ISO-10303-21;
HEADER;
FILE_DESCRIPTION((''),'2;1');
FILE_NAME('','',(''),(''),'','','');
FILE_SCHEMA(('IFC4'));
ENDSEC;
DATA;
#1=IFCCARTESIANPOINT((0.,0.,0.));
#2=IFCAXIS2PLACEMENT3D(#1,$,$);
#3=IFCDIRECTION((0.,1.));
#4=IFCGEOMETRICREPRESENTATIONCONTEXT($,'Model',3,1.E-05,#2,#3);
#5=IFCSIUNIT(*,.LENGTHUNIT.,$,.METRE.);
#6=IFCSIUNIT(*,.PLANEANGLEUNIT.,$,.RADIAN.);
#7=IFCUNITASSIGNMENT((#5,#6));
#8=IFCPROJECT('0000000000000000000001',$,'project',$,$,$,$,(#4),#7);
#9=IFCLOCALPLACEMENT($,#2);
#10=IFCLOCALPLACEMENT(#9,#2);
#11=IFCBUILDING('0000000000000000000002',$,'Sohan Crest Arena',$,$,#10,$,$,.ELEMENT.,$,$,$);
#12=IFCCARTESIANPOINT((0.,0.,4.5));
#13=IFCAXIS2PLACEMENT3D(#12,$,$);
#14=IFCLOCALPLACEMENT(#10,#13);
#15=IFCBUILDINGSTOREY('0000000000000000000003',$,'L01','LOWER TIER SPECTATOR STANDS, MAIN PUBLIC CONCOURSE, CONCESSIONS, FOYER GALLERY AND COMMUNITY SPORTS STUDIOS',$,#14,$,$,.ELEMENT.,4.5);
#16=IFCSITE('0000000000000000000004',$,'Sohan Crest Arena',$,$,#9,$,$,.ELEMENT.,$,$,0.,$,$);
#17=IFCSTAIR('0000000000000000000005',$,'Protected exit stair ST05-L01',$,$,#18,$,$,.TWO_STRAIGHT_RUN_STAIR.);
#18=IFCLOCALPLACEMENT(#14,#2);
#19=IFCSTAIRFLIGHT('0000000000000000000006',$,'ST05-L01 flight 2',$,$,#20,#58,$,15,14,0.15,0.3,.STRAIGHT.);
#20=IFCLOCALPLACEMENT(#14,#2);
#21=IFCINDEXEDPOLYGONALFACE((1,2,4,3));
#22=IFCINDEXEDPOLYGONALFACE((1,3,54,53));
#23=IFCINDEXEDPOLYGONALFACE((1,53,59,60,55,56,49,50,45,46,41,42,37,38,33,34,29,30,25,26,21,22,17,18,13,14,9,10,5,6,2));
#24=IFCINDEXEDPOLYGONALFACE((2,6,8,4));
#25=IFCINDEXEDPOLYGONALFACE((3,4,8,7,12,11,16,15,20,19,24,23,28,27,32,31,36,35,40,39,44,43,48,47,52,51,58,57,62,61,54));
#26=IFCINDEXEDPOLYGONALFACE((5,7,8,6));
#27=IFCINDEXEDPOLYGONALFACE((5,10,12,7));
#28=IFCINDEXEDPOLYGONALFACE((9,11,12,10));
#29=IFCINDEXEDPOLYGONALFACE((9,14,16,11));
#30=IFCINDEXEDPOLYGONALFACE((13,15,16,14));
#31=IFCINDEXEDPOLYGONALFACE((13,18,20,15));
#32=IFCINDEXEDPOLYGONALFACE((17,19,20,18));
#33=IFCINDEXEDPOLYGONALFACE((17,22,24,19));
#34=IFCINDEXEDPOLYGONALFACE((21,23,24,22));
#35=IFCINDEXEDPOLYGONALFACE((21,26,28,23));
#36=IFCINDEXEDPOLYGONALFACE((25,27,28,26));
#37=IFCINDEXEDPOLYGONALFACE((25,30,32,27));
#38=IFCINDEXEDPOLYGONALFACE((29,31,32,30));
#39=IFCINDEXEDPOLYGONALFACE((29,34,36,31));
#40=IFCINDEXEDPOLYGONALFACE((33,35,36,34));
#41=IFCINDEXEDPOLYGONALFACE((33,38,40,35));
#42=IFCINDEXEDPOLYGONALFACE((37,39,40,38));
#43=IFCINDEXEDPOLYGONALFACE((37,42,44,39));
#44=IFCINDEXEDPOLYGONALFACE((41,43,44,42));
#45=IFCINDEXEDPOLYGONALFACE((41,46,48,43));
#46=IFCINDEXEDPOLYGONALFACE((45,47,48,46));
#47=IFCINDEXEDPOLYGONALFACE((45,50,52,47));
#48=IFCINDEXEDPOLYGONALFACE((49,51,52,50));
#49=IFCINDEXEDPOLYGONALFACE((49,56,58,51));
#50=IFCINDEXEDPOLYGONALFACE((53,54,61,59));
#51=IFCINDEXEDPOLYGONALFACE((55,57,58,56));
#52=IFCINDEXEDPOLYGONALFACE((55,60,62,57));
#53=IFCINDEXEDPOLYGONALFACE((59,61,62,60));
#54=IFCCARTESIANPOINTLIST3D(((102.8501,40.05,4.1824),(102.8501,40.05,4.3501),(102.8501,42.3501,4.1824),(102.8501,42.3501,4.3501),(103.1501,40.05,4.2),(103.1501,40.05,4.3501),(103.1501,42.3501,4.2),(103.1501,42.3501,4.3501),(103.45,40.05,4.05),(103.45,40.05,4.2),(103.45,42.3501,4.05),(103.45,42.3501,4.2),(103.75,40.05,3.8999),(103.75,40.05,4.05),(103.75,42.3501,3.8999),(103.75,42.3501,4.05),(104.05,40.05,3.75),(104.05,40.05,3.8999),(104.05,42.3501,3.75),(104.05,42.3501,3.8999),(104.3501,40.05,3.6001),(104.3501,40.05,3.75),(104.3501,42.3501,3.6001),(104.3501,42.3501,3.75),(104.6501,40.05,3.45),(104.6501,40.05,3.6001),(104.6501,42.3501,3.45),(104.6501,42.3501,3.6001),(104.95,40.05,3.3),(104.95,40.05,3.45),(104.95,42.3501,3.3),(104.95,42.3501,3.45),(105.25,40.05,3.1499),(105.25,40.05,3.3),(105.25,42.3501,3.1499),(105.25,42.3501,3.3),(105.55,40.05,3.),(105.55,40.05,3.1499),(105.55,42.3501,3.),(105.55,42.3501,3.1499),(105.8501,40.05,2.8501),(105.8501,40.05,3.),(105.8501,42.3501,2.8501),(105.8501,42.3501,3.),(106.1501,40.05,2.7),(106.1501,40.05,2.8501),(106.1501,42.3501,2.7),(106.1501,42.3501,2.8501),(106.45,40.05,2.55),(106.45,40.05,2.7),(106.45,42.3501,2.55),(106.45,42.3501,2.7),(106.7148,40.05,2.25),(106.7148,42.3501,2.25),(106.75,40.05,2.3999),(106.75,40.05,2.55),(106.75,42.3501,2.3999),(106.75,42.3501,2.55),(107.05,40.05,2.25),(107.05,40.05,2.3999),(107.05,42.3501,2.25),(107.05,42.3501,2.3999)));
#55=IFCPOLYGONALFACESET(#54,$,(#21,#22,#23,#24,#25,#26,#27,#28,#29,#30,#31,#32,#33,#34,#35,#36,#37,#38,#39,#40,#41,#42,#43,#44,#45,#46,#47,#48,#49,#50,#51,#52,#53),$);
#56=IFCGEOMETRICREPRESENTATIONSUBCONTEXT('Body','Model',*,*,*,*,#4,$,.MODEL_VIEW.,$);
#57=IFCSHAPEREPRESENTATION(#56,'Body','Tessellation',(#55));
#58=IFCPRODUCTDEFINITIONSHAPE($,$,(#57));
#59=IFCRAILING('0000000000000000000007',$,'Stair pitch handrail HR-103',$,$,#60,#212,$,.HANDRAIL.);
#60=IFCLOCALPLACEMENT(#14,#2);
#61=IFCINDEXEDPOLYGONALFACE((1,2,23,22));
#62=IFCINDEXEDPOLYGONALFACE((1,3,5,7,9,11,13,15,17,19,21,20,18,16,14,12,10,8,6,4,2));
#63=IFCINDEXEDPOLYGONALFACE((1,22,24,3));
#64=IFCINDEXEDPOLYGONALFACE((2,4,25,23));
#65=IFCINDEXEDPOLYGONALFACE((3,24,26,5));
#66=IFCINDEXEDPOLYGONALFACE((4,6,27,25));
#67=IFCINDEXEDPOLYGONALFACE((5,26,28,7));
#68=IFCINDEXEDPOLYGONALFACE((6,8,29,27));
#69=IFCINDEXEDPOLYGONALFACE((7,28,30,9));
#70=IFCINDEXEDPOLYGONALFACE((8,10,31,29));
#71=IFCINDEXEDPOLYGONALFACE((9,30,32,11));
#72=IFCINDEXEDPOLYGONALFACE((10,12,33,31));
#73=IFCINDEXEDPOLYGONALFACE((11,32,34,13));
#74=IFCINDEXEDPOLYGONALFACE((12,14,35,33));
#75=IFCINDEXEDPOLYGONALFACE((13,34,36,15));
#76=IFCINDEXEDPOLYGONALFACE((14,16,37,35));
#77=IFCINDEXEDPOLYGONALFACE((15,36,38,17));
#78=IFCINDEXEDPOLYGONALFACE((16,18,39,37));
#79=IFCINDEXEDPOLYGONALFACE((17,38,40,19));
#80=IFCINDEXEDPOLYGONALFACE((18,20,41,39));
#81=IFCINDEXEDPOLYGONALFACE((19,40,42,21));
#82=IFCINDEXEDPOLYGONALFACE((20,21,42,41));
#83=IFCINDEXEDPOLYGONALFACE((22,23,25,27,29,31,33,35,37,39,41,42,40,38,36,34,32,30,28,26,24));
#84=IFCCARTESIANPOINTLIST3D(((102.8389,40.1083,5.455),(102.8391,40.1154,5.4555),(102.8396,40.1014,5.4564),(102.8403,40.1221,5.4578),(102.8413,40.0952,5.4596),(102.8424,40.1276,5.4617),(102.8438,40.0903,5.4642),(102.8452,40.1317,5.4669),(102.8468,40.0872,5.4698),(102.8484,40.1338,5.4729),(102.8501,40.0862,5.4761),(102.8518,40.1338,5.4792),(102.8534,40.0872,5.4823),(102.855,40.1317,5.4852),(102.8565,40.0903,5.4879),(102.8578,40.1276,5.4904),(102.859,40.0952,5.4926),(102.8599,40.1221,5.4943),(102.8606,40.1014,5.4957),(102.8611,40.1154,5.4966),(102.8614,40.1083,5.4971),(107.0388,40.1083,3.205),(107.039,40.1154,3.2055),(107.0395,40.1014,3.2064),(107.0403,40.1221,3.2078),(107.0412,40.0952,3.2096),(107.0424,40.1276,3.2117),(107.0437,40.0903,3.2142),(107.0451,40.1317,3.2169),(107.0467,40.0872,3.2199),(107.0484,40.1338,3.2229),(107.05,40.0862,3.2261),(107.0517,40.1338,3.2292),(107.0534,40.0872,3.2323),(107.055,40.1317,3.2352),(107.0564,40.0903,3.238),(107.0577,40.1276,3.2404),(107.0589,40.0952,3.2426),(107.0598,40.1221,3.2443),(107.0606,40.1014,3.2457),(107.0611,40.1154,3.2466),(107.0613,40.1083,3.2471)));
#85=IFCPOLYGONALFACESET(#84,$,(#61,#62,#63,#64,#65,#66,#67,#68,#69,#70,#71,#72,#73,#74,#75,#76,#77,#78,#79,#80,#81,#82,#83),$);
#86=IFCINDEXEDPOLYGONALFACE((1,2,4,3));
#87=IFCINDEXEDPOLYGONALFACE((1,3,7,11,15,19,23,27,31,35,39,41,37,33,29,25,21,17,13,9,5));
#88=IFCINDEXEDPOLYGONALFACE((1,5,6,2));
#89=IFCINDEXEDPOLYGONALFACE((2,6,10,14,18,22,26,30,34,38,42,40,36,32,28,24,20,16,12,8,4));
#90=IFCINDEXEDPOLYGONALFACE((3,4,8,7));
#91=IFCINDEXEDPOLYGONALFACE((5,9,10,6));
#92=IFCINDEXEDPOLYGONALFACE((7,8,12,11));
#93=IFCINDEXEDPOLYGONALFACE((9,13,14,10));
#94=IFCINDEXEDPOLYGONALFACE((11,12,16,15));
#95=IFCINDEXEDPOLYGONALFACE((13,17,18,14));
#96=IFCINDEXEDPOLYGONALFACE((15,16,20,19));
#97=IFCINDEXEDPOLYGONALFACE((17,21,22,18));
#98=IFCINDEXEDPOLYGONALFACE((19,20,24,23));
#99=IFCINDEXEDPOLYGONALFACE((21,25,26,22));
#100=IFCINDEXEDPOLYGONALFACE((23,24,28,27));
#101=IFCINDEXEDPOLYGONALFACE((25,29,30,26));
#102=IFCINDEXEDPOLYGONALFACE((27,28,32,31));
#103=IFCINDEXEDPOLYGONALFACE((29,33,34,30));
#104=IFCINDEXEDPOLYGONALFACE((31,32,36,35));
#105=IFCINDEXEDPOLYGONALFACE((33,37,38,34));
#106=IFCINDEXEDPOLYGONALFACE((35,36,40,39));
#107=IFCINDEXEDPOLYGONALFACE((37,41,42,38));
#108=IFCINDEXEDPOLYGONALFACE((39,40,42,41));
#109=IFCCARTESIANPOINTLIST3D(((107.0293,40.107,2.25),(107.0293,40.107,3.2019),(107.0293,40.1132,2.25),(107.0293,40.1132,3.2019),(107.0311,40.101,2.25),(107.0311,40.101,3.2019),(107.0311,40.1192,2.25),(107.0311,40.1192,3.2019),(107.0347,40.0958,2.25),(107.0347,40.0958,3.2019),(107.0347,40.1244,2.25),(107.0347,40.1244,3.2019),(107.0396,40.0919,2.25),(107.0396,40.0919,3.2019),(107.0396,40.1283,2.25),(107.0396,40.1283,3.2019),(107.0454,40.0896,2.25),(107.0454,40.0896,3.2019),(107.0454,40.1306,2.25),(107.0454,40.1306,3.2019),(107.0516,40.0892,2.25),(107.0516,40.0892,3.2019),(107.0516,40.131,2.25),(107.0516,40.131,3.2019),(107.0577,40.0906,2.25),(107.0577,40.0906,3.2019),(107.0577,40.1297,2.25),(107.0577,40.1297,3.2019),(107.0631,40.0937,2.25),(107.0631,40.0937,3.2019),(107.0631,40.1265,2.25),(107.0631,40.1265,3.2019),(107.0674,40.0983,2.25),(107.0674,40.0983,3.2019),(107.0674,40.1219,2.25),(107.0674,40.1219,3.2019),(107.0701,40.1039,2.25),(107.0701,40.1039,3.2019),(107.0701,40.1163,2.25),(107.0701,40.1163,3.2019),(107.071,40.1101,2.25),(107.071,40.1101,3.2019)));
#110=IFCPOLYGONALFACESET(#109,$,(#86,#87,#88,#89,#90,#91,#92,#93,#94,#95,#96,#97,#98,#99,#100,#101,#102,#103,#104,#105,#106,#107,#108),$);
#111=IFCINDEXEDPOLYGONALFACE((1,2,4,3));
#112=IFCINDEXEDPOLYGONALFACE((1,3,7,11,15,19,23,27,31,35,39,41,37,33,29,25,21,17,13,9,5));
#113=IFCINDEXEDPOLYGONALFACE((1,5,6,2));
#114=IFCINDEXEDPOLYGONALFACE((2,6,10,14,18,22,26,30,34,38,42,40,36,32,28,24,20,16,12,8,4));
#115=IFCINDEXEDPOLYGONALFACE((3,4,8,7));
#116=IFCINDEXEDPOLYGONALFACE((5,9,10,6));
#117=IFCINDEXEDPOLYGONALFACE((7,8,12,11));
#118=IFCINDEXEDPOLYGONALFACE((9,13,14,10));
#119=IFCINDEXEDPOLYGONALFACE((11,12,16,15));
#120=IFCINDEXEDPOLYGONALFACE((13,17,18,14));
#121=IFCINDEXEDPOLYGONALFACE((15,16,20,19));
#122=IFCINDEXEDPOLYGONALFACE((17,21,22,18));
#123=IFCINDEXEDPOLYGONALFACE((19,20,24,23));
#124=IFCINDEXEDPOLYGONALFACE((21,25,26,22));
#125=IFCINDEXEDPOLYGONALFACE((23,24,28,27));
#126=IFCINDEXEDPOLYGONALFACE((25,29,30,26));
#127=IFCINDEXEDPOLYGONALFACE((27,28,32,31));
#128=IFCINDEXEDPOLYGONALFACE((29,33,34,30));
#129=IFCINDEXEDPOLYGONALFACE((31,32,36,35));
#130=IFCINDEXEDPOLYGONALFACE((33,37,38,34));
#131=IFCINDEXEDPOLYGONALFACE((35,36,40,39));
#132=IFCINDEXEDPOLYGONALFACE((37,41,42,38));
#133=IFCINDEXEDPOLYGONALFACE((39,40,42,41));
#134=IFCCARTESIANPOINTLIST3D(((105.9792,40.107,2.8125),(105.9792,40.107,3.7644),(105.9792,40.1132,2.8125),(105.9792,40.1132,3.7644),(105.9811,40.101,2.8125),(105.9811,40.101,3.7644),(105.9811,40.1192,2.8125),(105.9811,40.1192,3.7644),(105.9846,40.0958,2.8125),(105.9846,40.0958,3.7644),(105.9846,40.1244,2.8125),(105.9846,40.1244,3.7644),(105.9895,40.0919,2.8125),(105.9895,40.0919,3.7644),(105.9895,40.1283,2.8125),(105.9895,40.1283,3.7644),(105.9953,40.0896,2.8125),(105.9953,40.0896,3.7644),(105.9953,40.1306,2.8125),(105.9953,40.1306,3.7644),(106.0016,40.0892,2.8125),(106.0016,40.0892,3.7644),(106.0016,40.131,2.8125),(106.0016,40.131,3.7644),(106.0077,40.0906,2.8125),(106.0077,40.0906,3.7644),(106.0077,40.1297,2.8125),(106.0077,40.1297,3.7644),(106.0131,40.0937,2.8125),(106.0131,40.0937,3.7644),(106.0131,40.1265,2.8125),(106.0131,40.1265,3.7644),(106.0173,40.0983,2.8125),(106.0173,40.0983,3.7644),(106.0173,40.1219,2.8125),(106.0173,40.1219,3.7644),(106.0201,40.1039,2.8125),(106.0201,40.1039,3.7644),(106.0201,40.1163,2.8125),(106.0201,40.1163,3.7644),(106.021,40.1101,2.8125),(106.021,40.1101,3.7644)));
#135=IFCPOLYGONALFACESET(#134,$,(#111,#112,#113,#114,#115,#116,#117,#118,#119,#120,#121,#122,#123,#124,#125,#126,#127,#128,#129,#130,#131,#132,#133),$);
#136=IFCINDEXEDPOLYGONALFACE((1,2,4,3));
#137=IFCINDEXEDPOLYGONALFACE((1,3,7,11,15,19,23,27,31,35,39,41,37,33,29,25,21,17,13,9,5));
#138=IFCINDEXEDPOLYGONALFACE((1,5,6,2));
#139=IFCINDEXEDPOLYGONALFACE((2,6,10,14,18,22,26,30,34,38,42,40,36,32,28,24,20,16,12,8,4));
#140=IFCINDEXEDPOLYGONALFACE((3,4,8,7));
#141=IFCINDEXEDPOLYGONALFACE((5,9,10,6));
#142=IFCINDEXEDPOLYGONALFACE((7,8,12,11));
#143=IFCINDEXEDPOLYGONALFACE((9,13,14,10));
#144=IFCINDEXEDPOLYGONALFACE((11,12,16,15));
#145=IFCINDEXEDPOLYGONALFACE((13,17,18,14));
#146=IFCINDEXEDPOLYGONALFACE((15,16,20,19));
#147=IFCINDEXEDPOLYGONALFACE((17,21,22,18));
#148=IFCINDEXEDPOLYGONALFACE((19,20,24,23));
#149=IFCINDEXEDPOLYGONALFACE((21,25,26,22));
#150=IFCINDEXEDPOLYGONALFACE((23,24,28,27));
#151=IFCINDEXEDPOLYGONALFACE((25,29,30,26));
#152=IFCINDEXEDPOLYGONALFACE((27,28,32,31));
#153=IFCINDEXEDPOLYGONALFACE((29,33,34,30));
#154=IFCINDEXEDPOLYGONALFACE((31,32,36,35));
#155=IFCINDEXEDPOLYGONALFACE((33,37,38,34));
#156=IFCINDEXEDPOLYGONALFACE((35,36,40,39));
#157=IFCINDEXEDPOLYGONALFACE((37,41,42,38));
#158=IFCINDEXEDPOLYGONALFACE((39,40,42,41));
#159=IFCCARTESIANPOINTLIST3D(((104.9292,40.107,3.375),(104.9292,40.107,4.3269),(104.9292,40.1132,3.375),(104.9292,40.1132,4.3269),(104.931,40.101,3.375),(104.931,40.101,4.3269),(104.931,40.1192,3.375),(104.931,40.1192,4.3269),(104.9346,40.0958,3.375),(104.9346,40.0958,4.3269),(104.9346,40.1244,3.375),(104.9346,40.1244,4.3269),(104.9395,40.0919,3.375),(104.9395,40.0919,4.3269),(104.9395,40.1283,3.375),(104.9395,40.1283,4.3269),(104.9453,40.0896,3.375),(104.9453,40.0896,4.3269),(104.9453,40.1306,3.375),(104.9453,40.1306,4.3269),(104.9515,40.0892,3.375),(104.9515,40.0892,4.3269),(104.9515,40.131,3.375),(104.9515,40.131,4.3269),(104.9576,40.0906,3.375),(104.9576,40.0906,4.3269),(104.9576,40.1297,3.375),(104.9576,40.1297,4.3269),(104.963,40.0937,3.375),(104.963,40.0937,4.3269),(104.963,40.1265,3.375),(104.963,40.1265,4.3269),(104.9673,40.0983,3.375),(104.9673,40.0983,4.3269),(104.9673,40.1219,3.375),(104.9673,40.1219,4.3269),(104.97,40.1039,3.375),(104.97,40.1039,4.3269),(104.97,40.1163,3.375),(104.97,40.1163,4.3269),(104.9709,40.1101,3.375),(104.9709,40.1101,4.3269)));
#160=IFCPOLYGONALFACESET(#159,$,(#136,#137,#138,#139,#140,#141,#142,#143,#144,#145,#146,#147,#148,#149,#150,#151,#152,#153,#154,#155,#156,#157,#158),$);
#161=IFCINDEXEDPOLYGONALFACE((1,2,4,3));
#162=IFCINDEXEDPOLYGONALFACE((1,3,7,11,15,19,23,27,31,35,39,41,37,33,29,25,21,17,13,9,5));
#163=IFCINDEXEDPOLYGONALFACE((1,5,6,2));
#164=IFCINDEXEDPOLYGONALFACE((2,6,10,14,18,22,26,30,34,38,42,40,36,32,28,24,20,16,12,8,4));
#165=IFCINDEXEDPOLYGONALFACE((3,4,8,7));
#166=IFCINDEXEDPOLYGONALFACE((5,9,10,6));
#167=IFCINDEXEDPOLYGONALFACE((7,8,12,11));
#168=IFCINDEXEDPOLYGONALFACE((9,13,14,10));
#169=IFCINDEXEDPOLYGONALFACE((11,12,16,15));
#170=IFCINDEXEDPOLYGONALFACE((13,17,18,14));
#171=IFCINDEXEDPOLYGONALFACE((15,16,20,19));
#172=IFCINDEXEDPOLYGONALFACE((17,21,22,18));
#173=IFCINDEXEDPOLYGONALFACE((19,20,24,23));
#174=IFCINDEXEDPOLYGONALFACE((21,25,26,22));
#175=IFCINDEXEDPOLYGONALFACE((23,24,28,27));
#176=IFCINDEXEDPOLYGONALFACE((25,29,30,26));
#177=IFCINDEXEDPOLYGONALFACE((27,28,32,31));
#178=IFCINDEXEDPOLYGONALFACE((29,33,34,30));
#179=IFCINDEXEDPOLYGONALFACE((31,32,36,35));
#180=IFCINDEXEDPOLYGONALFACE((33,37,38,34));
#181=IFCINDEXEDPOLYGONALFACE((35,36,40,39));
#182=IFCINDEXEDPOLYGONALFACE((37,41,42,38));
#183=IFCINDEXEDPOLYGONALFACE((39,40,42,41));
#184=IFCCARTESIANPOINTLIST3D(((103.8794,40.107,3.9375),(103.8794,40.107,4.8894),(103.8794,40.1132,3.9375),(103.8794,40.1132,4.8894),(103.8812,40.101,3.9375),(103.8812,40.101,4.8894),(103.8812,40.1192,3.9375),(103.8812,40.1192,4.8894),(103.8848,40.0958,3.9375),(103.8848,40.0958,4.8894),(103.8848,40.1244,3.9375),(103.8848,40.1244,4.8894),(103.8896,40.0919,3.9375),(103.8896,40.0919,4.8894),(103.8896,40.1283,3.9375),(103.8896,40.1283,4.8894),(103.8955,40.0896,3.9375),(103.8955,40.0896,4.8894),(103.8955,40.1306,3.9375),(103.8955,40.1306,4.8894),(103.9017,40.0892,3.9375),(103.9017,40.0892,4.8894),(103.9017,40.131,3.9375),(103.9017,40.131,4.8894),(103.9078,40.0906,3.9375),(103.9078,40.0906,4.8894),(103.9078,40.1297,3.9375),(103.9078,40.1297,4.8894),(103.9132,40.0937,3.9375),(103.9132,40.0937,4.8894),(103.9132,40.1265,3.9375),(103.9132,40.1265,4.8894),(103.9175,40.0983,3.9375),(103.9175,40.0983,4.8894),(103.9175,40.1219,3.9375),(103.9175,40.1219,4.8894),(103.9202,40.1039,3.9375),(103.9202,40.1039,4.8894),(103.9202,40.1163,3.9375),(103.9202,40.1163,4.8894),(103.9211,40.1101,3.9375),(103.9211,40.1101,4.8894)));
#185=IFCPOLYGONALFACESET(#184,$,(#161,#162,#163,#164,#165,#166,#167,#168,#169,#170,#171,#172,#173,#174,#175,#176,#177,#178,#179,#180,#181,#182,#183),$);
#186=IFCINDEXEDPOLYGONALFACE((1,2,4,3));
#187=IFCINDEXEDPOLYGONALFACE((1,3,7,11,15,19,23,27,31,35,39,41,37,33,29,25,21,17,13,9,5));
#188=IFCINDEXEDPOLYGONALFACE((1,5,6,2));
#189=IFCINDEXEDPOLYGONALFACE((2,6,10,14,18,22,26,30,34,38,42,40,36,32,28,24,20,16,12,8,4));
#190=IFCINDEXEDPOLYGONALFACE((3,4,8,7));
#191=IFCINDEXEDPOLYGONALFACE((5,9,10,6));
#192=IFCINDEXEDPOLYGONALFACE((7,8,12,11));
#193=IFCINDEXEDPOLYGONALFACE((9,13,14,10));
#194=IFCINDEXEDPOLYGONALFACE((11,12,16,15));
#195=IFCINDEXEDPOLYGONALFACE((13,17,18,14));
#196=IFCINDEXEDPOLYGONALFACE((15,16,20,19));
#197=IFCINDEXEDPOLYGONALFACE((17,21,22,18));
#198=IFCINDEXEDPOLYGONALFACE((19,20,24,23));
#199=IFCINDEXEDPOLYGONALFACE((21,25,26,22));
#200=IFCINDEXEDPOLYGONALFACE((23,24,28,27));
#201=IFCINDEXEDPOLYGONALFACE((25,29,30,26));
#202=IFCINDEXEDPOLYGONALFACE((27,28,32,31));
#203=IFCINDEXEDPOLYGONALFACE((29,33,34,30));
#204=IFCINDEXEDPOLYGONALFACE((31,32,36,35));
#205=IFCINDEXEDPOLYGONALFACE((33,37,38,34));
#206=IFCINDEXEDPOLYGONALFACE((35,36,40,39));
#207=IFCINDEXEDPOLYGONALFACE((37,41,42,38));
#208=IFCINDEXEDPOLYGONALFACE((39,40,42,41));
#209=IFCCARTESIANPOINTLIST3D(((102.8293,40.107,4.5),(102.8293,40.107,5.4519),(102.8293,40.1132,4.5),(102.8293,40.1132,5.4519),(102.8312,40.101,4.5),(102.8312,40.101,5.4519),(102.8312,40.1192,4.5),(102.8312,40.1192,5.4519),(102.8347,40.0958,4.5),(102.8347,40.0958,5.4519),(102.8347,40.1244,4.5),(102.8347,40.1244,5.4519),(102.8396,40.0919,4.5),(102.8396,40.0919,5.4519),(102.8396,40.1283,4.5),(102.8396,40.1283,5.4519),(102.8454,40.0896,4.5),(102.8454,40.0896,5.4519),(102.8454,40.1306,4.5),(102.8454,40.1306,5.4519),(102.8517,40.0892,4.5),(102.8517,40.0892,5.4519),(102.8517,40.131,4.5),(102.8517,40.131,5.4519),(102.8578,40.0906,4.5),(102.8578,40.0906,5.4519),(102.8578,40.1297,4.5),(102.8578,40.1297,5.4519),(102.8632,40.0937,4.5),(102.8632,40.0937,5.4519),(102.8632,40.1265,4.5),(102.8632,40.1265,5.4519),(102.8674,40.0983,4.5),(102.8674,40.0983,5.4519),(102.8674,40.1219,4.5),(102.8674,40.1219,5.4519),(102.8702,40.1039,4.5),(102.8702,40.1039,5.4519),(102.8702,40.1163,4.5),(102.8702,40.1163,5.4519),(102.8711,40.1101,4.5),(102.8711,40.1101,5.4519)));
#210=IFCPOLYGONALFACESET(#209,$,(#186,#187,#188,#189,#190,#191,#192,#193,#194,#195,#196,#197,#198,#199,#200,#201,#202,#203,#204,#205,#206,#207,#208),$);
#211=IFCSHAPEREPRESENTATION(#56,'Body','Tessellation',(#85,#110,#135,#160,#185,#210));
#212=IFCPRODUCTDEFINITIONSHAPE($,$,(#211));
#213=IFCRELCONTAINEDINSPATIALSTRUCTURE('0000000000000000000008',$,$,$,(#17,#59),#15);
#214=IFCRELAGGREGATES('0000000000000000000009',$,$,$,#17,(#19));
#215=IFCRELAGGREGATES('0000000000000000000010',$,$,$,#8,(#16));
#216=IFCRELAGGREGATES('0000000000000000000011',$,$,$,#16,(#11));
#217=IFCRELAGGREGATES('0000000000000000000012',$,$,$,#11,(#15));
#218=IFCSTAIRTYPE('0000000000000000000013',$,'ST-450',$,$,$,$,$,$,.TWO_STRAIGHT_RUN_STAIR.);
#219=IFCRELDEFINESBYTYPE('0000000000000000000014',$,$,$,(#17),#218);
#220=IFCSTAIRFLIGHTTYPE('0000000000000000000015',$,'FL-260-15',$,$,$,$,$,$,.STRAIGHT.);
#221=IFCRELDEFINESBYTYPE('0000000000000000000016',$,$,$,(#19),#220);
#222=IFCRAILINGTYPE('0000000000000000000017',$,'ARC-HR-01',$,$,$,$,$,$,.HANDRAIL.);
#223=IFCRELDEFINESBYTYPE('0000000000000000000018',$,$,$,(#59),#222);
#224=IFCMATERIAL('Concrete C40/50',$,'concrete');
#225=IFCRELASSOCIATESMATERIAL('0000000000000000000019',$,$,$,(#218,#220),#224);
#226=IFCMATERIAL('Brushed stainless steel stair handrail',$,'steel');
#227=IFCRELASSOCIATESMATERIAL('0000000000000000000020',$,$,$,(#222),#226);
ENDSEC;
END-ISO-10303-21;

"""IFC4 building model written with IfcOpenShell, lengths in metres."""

from ifc_helpers import new_model, si_unit, direction, frame, origin, origin_2d, place, context, subcontext, project, spatial, polyline, circle, outline, extrude, material, type_object, element, aggregate, save


model = new_model("IFC4")

# Units and contexts
model_context = context("Model", 3, precision=1e-05, world=origin(), true_north=direction((0.0, 1.0)))
body_context = subcontext(model_context, "Body", "Model", "MODEL_VIEW")
ifc_project = project(units=[si_unit("LENGTHUNIT", "METRE"), si_unit("PLANEANGLEUNIT", "RADIAN")], contexts=[model_context])

# Site, building, storey
site_placement = place(None, origin())
site = spatial("IfcSite", under=ifc_project, at=site_placement, Name="Sohan Crest Arena", CompositionType="ELEMENT", RefElevation=0.0)
building_placement = place(site_placement, origin())
building = spatial("IfcBuilding", under=site, at=building_placement, Name="Sohan Crest Arena", CompositionType="ELEMENT")
storey_placement = place(building_placement, frame((0.0, 0.0, 4.5)))
storey = spatial("IfcBuildingStorey", under=building, at=storey_placement, Name="L01", Description="LOWER TIER SPECTATOR STANDS, MAIN PUBLIC CONCOURSE, CONCESSIONS, FOYER GALLERY AND COMMUNITY SPORTS STUDIOS", CompositionType="ELEMENT", Elevation=4.5)

# Shared definitions
ifc_material_1 = material(Name="Concrete C40/50", Category="concrete")

# Stair, stair flight
stair_type = type_object("IfcStairType", Name="ST-450", PredefinedType="TWO_STRAIGHT_RUN_STAIR", material=ifc_material_1)
stair_placement = place(storey_placement, origin())
stair = element("IfcStair", 1, at=stair_placement, inside=storey, type_object=stair_type, Name="Protected exit stair ST05-L01", PredefinedType="TWO_STRAIGHT_RUN_STAIR")
stair_flight_type = type_object("IfcStairFlightType", Name="FL-260-15", PredefinedType="STRAIGHT", material=ifc_material_1)
stair_flight_placement = place(storey_placement, frame((107.05, 41.2, 2.25), z_axis=(0.0, 0.0, 1.0), x_axis=(-1.0, 0.0, 0.0)))
stair_flight = element("IfcStairFlight", 2, at=stair_flight_placement, type_object=stair_flight_type, Name="ST05-L01 flight 2", NumberOfRisers=15, NumberOfTreads=14, PredefinedType="STRAIGHT", RiserHeight=0.15, TreadLength=0.3, context=body_context, shape_type="SweptSolid", body=[
    extrude(outline(polyline([(0.0, 0.0), (0.0, 0.1499), (0.3, 0.1499), (0.3, 0.3), (0.6001, 0.3), (0.6001, 0.45), (0.8999, 0.45), (0.8999, 0.6001), (1.2, 0.6001), (1.2, 0.75), (1.5, 0.75), (1.5, 0.8999), (1.8, 0.8999), (1.8, 1.05), (2.1001, 1.05), (2.1001, 1.2), (2.3999, 1.2), (2.3999, 1.3501), (2.7, 1.3501), (2.7, 1.5), (3.0, 1.5), (3.0, 1.6499), (3.3, 1.6499), (3.3, 1.8), (3.6001, 1.8), (3.6001, 1.95), (3.8999, 1.95), (3.8999, 2.1001), (4.2, 2.1001), (4.2, 2.25), (4.2, 1.9324), (0.3352, 0.0), (0.0, 0.0)])), frame((0.0, 1.1499, 0.0), z_axis=(0.0, -1.0, 0.0), x_axis=(1.0, 0.0, 0.0)), (0.0, 0.0, 1.0), 2.3),
])
aggregate(stair, [stair_flight])

# Railing
ifc_material_2 = material(Name="Brushed stainless steel stair handrail", Category="steel")
railing_type = type_object("IfcRailingType", Name="ARC-HR-01", PredefinedType="HANDRAIL", material=ifc_material_2)
railing_1_placement = place(storey_placement, frame((107.05, 40.1101, 2.25)))
element("IfcRailing", 3, at=railing_1_placement, inside=storey, type_object=railing_type, Name="Stair pitch handrail HR-103", PredefinedType="HANDRAIL", context=body_context, shape_type="SweptSolid", body=[
    extrude(circle(Radius=0.0239, at=origin_2d()), frame((0.0, 0.0, 0.9761), z_axis=(-0.881478, 0.0, 0.472226), x_axis=(0.0, -1.0, 0.0)), (0.0, 0.0, 1.0), 4.7646),
    extrude(circle(Radius=0.021, at=origin_2d()), origin(), (0.0, 0.0, 1.0), 0.9519),
    extrude(circle(Radius=0.021, at=origin_2d()), frame((-1.05, 0.0, 0.5625)), (0.0, 0.0, 1.0), 0.9519),
    extrude(circle(Radius=0.021, at=origin_2d()), frame((-2.1001, 0.0, 1.125)), (0.0, 0.0, 1.0), 0.9519),
    extrude(circle(Radius=0.021, at=origin_2d()), frame((-3.1499, 0.0, 1.6875)), (0.0, 0.0, 1.0), 0.9519),
    extrude(circle(Radius=0.021, at=origin_2d()), frame((-4.2, 0.0, 2.25)), (0.0, 0.0, 1.0), 0.9519),
])

save(model, "model.ifc")
